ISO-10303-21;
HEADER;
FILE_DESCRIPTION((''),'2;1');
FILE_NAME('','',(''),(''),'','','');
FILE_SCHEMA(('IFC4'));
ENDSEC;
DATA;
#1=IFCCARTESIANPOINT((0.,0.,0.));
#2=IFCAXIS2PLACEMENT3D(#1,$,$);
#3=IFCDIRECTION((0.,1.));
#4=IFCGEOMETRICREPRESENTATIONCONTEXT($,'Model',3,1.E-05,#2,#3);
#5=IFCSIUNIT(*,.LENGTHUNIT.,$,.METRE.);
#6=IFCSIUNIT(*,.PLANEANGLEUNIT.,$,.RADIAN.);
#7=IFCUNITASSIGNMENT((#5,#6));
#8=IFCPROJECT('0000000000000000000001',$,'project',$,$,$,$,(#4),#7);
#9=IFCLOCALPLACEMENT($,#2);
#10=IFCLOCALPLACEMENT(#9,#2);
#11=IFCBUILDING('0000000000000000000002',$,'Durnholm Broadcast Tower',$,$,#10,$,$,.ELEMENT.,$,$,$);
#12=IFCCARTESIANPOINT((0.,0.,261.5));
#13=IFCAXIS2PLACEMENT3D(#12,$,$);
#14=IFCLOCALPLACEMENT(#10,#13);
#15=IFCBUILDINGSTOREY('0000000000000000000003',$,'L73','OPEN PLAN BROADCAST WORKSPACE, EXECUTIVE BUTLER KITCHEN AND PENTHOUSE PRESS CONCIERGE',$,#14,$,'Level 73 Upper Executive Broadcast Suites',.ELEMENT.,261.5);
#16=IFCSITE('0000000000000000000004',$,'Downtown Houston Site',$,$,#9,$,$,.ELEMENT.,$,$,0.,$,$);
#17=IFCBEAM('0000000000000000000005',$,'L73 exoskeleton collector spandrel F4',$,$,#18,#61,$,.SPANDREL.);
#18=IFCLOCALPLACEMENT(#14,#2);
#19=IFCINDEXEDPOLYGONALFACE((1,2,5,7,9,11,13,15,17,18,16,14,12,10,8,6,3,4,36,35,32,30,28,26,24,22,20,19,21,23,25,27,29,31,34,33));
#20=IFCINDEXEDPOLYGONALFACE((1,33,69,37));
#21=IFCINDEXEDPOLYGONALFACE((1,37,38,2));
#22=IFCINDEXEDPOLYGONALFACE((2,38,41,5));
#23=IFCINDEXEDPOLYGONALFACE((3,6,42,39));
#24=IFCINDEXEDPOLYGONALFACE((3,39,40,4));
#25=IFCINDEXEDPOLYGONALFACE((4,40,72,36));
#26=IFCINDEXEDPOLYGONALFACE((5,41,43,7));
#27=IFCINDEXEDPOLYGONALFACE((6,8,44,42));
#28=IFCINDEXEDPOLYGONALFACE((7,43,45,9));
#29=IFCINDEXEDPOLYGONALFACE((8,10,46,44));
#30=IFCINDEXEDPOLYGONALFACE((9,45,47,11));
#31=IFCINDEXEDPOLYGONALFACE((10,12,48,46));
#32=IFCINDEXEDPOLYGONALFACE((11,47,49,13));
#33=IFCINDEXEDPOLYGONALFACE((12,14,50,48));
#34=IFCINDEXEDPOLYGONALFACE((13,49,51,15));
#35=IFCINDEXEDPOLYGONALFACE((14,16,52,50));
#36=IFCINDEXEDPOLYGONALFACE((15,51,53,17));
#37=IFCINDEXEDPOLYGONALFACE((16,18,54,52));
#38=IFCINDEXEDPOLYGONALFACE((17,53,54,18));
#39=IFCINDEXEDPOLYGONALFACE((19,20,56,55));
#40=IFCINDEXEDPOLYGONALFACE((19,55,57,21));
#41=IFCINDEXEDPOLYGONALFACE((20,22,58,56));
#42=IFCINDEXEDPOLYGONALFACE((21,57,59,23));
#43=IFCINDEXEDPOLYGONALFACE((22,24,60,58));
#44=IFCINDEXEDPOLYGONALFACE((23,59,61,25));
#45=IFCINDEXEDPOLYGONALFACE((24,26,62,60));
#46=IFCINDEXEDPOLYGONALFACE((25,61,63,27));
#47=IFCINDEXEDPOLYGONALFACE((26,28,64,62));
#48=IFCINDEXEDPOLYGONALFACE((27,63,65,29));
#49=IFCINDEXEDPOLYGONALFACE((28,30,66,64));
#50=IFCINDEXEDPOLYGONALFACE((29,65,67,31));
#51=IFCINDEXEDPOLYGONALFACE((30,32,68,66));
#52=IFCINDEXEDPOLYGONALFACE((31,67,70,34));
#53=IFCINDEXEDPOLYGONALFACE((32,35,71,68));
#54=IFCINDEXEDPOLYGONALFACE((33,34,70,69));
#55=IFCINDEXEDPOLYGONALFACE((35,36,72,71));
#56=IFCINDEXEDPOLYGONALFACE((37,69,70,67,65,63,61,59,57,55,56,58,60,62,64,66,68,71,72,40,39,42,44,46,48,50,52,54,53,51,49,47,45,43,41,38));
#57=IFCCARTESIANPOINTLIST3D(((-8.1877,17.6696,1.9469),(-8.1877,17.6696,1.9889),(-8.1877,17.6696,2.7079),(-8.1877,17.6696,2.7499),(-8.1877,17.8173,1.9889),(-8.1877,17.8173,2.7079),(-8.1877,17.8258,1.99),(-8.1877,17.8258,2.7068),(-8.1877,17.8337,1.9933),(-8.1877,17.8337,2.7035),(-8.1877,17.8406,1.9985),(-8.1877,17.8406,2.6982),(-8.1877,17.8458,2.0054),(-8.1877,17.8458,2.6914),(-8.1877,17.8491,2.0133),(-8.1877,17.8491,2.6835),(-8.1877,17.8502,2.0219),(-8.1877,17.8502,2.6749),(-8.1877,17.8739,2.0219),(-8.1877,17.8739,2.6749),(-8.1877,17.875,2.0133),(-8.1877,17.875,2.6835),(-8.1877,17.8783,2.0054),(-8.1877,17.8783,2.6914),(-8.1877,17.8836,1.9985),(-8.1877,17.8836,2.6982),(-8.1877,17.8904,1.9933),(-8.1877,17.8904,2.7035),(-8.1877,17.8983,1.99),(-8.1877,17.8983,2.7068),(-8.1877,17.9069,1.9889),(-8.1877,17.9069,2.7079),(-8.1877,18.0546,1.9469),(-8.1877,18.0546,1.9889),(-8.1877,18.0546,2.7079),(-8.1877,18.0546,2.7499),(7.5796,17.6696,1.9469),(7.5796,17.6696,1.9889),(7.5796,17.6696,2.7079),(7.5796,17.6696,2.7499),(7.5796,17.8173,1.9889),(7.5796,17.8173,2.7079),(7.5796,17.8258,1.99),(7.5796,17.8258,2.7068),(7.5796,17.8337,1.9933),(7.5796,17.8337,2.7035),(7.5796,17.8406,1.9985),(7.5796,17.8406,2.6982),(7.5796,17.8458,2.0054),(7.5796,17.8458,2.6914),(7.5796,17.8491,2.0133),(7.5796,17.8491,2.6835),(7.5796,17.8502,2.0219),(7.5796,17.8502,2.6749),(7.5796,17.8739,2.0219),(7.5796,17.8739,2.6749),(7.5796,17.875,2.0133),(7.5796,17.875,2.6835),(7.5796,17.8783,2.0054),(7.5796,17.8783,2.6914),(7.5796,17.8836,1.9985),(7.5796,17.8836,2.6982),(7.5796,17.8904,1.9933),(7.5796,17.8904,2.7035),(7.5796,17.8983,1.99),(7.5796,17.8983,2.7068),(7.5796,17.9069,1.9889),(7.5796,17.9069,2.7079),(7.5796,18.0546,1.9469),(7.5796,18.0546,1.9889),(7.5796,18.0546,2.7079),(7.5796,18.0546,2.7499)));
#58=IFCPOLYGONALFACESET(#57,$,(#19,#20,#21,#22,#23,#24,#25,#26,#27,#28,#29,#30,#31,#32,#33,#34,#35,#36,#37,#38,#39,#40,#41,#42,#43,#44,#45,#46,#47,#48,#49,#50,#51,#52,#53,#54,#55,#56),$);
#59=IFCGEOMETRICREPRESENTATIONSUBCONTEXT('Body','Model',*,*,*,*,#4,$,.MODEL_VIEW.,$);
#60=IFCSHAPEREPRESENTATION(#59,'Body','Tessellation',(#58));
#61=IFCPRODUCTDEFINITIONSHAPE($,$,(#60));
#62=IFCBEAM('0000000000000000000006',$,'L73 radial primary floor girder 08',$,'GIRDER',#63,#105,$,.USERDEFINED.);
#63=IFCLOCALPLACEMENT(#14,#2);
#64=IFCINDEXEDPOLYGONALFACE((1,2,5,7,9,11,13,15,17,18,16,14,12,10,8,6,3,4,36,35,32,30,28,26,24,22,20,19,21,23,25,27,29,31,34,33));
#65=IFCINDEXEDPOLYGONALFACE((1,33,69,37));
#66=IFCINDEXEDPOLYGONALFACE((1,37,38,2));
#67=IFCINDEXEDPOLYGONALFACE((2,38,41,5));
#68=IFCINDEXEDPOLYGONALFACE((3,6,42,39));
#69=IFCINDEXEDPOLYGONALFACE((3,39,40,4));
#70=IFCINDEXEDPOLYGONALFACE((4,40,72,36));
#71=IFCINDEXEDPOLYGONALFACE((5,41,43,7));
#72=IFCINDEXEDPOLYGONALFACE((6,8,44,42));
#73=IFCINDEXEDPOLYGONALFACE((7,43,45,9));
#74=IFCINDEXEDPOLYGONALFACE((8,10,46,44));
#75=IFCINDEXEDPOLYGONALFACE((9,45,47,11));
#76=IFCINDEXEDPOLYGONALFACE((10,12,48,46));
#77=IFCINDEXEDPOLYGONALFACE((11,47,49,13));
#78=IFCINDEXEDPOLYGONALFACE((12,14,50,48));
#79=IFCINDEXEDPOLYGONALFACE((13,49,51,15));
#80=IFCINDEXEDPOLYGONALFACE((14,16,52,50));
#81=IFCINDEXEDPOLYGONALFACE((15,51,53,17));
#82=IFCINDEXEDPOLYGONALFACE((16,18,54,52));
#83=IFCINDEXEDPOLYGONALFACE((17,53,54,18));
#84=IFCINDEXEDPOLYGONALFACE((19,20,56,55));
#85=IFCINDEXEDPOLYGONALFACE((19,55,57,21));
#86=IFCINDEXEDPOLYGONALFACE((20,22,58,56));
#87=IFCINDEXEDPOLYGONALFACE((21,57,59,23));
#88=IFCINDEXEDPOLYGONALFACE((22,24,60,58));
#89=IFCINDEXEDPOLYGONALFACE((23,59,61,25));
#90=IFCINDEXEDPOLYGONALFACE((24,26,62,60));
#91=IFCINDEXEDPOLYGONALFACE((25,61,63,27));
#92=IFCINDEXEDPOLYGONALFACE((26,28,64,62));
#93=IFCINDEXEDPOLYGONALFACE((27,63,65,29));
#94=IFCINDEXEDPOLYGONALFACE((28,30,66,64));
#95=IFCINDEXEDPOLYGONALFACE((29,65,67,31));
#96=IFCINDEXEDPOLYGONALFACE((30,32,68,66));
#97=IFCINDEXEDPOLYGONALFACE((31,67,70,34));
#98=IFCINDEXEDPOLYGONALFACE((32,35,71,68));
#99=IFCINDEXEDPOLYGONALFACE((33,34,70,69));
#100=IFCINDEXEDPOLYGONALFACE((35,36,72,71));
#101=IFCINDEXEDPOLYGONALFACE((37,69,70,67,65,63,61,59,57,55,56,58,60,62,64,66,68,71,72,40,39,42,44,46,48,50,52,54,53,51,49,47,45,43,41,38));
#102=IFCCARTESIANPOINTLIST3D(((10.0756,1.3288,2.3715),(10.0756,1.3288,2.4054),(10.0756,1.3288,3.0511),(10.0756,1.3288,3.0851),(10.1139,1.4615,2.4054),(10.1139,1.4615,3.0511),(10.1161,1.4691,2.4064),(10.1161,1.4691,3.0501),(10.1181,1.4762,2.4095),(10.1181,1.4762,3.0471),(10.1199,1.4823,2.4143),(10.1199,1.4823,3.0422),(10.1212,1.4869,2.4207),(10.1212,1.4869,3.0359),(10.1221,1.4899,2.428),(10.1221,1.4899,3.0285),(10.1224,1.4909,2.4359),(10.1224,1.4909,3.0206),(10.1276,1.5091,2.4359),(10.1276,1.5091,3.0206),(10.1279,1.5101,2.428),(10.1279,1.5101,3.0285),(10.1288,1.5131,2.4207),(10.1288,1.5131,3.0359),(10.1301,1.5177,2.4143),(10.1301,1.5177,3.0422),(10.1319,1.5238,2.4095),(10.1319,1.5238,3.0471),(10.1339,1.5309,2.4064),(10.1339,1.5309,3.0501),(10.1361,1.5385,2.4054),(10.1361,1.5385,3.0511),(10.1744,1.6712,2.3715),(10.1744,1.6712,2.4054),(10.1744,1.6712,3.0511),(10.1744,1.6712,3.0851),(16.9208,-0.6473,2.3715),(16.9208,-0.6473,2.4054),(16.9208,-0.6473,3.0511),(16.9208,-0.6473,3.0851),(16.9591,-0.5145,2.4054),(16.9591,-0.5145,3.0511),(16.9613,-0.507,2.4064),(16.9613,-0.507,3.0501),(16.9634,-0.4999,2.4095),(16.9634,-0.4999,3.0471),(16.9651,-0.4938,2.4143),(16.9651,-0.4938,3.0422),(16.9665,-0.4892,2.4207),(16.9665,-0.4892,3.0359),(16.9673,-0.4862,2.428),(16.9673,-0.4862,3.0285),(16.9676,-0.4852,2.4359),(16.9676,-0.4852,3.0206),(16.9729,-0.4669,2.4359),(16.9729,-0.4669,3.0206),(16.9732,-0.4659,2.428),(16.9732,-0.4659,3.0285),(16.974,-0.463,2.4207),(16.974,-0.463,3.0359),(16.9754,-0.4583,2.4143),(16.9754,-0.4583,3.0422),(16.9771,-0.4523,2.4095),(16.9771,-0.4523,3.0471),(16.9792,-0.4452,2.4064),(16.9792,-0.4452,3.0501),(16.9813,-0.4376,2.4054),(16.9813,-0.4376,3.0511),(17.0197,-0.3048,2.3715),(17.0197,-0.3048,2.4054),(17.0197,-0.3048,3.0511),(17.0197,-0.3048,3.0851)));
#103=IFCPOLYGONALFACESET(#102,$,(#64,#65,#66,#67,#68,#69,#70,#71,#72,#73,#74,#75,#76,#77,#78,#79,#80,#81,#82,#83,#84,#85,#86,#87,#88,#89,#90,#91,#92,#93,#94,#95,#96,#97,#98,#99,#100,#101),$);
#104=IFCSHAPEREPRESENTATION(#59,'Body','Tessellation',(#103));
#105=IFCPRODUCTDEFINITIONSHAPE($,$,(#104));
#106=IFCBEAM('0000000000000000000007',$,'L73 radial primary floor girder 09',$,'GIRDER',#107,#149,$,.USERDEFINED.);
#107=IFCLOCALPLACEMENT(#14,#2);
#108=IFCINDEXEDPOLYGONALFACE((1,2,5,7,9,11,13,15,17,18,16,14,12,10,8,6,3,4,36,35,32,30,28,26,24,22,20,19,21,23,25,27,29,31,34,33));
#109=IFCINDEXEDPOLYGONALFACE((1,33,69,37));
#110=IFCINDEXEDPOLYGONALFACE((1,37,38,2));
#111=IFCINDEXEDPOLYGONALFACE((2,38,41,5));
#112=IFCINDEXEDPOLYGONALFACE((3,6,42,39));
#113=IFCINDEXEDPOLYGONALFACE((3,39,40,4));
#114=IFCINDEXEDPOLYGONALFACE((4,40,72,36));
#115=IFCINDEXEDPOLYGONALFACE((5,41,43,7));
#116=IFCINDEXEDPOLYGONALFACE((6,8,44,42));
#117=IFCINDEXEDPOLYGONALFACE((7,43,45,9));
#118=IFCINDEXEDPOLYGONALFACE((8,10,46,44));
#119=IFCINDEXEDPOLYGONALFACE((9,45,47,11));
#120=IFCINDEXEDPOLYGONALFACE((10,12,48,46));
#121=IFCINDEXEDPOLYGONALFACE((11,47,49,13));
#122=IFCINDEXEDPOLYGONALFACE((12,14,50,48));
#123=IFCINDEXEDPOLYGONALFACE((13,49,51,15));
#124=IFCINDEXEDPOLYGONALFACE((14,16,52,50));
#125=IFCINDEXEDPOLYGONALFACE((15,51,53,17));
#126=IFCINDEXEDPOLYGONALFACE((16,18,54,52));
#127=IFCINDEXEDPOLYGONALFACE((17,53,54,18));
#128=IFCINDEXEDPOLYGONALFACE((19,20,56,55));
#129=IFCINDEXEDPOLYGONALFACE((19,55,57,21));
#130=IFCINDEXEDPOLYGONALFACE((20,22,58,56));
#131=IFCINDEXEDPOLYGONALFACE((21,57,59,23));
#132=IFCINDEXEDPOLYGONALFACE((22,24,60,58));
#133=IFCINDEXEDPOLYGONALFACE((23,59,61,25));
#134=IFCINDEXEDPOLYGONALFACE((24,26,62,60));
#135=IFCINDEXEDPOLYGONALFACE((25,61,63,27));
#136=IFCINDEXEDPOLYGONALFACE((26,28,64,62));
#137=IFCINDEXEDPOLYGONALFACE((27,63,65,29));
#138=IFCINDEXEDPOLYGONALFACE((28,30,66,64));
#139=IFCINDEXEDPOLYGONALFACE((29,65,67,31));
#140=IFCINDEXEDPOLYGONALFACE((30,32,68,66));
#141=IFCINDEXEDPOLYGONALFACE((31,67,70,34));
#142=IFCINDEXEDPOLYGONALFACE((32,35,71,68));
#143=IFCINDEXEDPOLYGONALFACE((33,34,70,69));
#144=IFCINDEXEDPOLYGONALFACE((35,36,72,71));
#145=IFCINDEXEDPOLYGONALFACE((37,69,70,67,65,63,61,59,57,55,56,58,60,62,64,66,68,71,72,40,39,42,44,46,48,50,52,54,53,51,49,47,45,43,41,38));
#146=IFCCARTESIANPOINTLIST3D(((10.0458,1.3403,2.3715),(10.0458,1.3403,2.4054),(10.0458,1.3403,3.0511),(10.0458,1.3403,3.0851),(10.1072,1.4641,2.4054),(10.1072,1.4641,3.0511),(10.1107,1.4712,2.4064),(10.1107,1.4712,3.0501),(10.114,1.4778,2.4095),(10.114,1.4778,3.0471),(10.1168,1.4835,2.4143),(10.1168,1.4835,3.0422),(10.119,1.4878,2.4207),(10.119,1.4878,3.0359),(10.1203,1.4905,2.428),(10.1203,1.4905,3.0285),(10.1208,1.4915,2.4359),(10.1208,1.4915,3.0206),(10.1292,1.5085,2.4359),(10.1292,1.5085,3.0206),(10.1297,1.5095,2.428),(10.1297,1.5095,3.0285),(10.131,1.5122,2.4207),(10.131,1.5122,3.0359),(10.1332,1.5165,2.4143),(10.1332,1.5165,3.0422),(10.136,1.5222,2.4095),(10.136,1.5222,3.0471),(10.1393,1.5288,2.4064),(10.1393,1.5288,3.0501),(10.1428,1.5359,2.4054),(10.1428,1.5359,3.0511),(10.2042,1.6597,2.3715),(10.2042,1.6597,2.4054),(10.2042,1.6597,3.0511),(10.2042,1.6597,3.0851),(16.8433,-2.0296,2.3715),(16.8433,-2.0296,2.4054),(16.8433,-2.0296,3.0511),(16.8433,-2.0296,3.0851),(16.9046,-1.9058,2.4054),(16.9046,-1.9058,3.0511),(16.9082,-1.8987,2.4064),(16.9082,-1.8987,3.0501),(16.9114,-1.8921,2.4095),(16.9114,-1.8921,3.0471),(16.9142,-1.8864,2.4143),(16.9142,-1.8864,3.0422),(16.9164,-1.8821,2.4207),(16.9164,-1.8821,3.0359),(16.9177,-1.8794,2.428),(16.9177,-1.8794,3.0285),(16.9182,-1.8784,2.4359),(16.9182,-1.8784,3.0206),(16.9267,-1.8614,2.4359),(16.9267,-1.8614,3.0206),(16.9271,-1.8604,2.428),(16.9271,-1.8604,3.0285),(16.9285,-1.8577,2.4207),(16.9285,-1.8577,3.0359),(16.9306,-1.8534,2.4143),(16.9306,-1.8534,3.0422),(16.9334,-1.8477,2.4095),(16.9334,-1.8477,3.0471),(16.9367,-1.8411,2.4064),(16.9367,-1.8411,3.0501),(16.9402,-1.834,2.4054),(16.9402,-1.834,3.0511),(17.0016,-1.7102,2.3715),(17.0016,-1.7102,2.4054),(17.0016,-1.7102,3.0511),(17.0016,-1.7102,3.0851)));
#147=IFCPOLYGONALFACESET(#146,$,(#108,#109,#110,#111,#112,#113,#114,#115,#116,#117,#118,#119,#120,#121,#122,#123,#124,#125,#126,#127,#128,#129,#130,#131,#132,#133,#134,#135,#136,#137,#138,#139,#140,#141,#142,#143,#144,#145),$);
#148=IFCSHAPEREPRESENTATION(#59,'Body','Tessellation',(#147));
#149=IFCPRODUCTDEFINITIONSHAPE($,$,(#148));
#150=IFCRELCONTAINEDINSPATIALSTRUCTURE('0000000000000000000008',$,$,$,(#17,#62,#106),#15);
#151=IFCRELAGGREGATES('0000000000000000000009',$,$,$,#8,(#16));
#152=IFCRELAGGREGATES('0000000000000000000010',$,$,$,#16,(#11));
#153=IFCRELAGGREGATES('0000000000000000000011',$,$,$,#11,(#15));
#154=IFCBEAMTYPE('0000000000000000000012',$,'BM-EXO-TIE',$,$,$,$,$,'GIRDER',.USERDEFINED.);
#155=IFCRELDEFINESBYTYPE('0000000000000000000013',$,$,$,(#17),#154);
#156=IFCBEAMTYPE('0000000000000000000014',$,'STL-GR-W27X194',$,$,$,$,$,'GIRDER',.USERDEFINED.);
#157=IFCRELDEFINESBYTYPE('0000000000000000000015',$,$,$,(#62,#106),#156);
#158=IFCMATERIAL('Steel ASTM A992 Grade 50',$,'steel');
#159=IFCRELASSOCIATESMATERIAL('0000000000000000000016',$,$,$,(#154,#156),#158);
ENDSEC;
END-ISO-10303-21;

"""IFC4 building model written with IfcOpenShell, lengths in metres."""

from ifc_helpers import new_model, si_unit, direction, frame, origin, origin_2d, place, context, subcontext, project, spatial, i_section, extrude, source, transform, mapped, material, material_profile, profile_set, type_object, type_shapes, element, save


model = new_model("IFC4")

# Units and contexts
model_context = context("Model", 3, precision=1e-05, world=origin(), true_north=direction((0.0, 1.0)))
body_context = subcontext(model_context, "Body", "Model", "MODEL_VIEW")
ifc_project = project(units=[si_unit("LENGTHUNIT", "METRE"), si_unit("PLANEANGLEUNIT", "RADIAN")], contexts=[model_context])

# Site, building, storey
site_placement = place(None, origin())
site = spatial("IfcSite", under=ifc_project, at=site_placement, Name="Downtown Houston Site", CompositionType="ELEMENT", RefElevation=0.0)
building_placement = place(site_placement, origin())
building = spatial("IfcBuilding", under=site, at=building_placement, Name="Durnholm Broadcast Tower", CompositionType="ELEMENT")
storey_placement = place(building_placement, frame((0.0, 0.0, 261.5)))
storey = spatial("IfcBuildingStorey", under=building, at=storey_placement, Name="L73", Description="OPEN PLAN BROADCAST WORKSPACE, EXECUTIVE BUTLER KITCHEN AND PENTHOUSE PRESS CONCIERGE", LongName="Level 73 Upper Executive Broadcast Suites", CompositionType="ELEMENT", Elevation=261.5)

# Beams
ifc_material_1 = material(Name="Steel ASTM A992 Grade 50", Category="steel")
ifc_material_profile_1 = material_profile(ifc_material_1, i_section(OverallWidth=0.385, OverallDepth=0.803, WebThickness=0.0237, FlangeThickness=0.042, FilletRadius=0.033, at=origin_2d()), Name="W30X261")
ifc_profile_set_1 = profile_set([ifc_material_profile_1], Name="Steel ASTM A992 Grade 50")
beam_type_1 = type_object("IfcBeamType", Name="BM-EXO-TIE", ElementType="GIRDER", PredefinedType="USERDEFINED", material=ifc_profile_set_1)
shared_shape_1 = source(origin(), body_context, "Body", "SweptSolid", [
    extrude(i_section(OverallWidth=0.385, OverallDepth=0.803, WebThickness=0.0237, FlangeThickness=0.042, FilletRadius=0.033, at=origin_2d()), origin(), (0.0, 0.0, 1.0), 15.7673),
])
beam_1_placement = place(storey_placement, frame((7.5796, 17.8621, 2.3484), z_axis=(-1.0, 0.0, 0.0), x_axis=(0.0, -1.0, 0.0)))
element("IfcBeam", 1, at=beam_1_placement, inside=storey, type_object=beam_type_1, Name="L73 exoskeleton collector spandrel F4", PredefinedType="SPANDREL", context=body_context, shape_type="MappedRepresentation", body=[
    mapped(shared_shape_1, transform((0.0, 0.0, 0.0), x_axis=(1.0, 0.0, 0.0), y_axis=(0.0, 1.0, 0.0), z_axis=(0.0, 0.0, 1.0), scale=1.0)),
])
ifc_material_profile_2 = material_profile(ifc_material_1, i_section(OverallWidth=0.3564, OverallDepth=0.7136, WebThickness=0.019, FlangeThickness=0.0339, FilletRadius=0.0305, at=origin_2d()), Name="W27X194")
ifc_profile_set_2 = profile_set([ifc_material_profile_2], Name="Steel ASTM A992 Grade 50")
beam_type_2 = type_object("IfcBeamType", Name="STL-GR-W27X194", ElementType="GIRDER", PredefinedType="USERDEFINED", material=ifc_profile_set_2)
shared_shape_2 = source(origin(), body_context, "Body", "SweptSolid", [
    extrude(i_section(OverallWidth=0.3564, OverallDepth=0.7136, WebThickness=0.019, FlangeThickness=0.0339, FilletRadius=0.0305, at=origin_2d()), origin(), (0.0, 0.0, 1.0), 7.1248),
])
beam_2_placement = place(storey_placement, frame((10.125, 1.5, 2.7283), z_axis=(0.960768, -0.277354, 0.0), x_axis=(0.277354, 0.960768, 0.0)))
element("IfcBeam", 2, at=beam_2_placement, inside=storey, type_object=beam_type_2, Name="L73 radial primary floor girder 08", ObjectType="GIRDER", PredefinedType="USERDEFINED", context=body_context, shape_type="MappedRepresentation", body=[
    mapped(shared_shape_2, transform((0.0, 0.0, 0.0), x_axis=(1.0, 0.0, 0.0), y_axis=(0.0, 1.0, 0.0), z_axis=(0.0, 0.0, 1.0), scale=1.0)),
])
shared_shape_3 = source(origin(), body_context, "Body", "SweptSolid", [
    extrude(i_section(OverallWidth=0.3564, OverallDepth=0.7136, WebThickness=0.019, FlangeThickness=0.0339, FilletRadius=0.0305, at=origin_2d()), origin(), (0.0, 0.0, 1.0), 7.5869),
])
type_shapes(beam_type_2, [shared_shape_2, shared_shape_3])
beam_3_placement = place(storey_placement, frame((10.125, 1.5, 2.7283), z_axis=(0.895941, -0.444173, 0.0), x_axis=(0.444173, 0.895941, 0.0)))
element("IfcBeam", 3, at=beam_3_placement, inside=storey, type_object=beam_type_2, Name="L73 radial primary floor girder 09", ObjectType="GIRDER", PredefinedType="USERDEFINED", context=body_context, shape_type="MappedRepresentation", body=[
    mapped(shared_shape_3, transform((0.0, 0.0, 0.0), x_axis=(1.0, 0.0, 0.0), y_axis=(0.0, 1.0, 0.0), z_axis=(0.0, 0.0, 1.0), scale=1.0)),
])

save(model, "model.ifc")
